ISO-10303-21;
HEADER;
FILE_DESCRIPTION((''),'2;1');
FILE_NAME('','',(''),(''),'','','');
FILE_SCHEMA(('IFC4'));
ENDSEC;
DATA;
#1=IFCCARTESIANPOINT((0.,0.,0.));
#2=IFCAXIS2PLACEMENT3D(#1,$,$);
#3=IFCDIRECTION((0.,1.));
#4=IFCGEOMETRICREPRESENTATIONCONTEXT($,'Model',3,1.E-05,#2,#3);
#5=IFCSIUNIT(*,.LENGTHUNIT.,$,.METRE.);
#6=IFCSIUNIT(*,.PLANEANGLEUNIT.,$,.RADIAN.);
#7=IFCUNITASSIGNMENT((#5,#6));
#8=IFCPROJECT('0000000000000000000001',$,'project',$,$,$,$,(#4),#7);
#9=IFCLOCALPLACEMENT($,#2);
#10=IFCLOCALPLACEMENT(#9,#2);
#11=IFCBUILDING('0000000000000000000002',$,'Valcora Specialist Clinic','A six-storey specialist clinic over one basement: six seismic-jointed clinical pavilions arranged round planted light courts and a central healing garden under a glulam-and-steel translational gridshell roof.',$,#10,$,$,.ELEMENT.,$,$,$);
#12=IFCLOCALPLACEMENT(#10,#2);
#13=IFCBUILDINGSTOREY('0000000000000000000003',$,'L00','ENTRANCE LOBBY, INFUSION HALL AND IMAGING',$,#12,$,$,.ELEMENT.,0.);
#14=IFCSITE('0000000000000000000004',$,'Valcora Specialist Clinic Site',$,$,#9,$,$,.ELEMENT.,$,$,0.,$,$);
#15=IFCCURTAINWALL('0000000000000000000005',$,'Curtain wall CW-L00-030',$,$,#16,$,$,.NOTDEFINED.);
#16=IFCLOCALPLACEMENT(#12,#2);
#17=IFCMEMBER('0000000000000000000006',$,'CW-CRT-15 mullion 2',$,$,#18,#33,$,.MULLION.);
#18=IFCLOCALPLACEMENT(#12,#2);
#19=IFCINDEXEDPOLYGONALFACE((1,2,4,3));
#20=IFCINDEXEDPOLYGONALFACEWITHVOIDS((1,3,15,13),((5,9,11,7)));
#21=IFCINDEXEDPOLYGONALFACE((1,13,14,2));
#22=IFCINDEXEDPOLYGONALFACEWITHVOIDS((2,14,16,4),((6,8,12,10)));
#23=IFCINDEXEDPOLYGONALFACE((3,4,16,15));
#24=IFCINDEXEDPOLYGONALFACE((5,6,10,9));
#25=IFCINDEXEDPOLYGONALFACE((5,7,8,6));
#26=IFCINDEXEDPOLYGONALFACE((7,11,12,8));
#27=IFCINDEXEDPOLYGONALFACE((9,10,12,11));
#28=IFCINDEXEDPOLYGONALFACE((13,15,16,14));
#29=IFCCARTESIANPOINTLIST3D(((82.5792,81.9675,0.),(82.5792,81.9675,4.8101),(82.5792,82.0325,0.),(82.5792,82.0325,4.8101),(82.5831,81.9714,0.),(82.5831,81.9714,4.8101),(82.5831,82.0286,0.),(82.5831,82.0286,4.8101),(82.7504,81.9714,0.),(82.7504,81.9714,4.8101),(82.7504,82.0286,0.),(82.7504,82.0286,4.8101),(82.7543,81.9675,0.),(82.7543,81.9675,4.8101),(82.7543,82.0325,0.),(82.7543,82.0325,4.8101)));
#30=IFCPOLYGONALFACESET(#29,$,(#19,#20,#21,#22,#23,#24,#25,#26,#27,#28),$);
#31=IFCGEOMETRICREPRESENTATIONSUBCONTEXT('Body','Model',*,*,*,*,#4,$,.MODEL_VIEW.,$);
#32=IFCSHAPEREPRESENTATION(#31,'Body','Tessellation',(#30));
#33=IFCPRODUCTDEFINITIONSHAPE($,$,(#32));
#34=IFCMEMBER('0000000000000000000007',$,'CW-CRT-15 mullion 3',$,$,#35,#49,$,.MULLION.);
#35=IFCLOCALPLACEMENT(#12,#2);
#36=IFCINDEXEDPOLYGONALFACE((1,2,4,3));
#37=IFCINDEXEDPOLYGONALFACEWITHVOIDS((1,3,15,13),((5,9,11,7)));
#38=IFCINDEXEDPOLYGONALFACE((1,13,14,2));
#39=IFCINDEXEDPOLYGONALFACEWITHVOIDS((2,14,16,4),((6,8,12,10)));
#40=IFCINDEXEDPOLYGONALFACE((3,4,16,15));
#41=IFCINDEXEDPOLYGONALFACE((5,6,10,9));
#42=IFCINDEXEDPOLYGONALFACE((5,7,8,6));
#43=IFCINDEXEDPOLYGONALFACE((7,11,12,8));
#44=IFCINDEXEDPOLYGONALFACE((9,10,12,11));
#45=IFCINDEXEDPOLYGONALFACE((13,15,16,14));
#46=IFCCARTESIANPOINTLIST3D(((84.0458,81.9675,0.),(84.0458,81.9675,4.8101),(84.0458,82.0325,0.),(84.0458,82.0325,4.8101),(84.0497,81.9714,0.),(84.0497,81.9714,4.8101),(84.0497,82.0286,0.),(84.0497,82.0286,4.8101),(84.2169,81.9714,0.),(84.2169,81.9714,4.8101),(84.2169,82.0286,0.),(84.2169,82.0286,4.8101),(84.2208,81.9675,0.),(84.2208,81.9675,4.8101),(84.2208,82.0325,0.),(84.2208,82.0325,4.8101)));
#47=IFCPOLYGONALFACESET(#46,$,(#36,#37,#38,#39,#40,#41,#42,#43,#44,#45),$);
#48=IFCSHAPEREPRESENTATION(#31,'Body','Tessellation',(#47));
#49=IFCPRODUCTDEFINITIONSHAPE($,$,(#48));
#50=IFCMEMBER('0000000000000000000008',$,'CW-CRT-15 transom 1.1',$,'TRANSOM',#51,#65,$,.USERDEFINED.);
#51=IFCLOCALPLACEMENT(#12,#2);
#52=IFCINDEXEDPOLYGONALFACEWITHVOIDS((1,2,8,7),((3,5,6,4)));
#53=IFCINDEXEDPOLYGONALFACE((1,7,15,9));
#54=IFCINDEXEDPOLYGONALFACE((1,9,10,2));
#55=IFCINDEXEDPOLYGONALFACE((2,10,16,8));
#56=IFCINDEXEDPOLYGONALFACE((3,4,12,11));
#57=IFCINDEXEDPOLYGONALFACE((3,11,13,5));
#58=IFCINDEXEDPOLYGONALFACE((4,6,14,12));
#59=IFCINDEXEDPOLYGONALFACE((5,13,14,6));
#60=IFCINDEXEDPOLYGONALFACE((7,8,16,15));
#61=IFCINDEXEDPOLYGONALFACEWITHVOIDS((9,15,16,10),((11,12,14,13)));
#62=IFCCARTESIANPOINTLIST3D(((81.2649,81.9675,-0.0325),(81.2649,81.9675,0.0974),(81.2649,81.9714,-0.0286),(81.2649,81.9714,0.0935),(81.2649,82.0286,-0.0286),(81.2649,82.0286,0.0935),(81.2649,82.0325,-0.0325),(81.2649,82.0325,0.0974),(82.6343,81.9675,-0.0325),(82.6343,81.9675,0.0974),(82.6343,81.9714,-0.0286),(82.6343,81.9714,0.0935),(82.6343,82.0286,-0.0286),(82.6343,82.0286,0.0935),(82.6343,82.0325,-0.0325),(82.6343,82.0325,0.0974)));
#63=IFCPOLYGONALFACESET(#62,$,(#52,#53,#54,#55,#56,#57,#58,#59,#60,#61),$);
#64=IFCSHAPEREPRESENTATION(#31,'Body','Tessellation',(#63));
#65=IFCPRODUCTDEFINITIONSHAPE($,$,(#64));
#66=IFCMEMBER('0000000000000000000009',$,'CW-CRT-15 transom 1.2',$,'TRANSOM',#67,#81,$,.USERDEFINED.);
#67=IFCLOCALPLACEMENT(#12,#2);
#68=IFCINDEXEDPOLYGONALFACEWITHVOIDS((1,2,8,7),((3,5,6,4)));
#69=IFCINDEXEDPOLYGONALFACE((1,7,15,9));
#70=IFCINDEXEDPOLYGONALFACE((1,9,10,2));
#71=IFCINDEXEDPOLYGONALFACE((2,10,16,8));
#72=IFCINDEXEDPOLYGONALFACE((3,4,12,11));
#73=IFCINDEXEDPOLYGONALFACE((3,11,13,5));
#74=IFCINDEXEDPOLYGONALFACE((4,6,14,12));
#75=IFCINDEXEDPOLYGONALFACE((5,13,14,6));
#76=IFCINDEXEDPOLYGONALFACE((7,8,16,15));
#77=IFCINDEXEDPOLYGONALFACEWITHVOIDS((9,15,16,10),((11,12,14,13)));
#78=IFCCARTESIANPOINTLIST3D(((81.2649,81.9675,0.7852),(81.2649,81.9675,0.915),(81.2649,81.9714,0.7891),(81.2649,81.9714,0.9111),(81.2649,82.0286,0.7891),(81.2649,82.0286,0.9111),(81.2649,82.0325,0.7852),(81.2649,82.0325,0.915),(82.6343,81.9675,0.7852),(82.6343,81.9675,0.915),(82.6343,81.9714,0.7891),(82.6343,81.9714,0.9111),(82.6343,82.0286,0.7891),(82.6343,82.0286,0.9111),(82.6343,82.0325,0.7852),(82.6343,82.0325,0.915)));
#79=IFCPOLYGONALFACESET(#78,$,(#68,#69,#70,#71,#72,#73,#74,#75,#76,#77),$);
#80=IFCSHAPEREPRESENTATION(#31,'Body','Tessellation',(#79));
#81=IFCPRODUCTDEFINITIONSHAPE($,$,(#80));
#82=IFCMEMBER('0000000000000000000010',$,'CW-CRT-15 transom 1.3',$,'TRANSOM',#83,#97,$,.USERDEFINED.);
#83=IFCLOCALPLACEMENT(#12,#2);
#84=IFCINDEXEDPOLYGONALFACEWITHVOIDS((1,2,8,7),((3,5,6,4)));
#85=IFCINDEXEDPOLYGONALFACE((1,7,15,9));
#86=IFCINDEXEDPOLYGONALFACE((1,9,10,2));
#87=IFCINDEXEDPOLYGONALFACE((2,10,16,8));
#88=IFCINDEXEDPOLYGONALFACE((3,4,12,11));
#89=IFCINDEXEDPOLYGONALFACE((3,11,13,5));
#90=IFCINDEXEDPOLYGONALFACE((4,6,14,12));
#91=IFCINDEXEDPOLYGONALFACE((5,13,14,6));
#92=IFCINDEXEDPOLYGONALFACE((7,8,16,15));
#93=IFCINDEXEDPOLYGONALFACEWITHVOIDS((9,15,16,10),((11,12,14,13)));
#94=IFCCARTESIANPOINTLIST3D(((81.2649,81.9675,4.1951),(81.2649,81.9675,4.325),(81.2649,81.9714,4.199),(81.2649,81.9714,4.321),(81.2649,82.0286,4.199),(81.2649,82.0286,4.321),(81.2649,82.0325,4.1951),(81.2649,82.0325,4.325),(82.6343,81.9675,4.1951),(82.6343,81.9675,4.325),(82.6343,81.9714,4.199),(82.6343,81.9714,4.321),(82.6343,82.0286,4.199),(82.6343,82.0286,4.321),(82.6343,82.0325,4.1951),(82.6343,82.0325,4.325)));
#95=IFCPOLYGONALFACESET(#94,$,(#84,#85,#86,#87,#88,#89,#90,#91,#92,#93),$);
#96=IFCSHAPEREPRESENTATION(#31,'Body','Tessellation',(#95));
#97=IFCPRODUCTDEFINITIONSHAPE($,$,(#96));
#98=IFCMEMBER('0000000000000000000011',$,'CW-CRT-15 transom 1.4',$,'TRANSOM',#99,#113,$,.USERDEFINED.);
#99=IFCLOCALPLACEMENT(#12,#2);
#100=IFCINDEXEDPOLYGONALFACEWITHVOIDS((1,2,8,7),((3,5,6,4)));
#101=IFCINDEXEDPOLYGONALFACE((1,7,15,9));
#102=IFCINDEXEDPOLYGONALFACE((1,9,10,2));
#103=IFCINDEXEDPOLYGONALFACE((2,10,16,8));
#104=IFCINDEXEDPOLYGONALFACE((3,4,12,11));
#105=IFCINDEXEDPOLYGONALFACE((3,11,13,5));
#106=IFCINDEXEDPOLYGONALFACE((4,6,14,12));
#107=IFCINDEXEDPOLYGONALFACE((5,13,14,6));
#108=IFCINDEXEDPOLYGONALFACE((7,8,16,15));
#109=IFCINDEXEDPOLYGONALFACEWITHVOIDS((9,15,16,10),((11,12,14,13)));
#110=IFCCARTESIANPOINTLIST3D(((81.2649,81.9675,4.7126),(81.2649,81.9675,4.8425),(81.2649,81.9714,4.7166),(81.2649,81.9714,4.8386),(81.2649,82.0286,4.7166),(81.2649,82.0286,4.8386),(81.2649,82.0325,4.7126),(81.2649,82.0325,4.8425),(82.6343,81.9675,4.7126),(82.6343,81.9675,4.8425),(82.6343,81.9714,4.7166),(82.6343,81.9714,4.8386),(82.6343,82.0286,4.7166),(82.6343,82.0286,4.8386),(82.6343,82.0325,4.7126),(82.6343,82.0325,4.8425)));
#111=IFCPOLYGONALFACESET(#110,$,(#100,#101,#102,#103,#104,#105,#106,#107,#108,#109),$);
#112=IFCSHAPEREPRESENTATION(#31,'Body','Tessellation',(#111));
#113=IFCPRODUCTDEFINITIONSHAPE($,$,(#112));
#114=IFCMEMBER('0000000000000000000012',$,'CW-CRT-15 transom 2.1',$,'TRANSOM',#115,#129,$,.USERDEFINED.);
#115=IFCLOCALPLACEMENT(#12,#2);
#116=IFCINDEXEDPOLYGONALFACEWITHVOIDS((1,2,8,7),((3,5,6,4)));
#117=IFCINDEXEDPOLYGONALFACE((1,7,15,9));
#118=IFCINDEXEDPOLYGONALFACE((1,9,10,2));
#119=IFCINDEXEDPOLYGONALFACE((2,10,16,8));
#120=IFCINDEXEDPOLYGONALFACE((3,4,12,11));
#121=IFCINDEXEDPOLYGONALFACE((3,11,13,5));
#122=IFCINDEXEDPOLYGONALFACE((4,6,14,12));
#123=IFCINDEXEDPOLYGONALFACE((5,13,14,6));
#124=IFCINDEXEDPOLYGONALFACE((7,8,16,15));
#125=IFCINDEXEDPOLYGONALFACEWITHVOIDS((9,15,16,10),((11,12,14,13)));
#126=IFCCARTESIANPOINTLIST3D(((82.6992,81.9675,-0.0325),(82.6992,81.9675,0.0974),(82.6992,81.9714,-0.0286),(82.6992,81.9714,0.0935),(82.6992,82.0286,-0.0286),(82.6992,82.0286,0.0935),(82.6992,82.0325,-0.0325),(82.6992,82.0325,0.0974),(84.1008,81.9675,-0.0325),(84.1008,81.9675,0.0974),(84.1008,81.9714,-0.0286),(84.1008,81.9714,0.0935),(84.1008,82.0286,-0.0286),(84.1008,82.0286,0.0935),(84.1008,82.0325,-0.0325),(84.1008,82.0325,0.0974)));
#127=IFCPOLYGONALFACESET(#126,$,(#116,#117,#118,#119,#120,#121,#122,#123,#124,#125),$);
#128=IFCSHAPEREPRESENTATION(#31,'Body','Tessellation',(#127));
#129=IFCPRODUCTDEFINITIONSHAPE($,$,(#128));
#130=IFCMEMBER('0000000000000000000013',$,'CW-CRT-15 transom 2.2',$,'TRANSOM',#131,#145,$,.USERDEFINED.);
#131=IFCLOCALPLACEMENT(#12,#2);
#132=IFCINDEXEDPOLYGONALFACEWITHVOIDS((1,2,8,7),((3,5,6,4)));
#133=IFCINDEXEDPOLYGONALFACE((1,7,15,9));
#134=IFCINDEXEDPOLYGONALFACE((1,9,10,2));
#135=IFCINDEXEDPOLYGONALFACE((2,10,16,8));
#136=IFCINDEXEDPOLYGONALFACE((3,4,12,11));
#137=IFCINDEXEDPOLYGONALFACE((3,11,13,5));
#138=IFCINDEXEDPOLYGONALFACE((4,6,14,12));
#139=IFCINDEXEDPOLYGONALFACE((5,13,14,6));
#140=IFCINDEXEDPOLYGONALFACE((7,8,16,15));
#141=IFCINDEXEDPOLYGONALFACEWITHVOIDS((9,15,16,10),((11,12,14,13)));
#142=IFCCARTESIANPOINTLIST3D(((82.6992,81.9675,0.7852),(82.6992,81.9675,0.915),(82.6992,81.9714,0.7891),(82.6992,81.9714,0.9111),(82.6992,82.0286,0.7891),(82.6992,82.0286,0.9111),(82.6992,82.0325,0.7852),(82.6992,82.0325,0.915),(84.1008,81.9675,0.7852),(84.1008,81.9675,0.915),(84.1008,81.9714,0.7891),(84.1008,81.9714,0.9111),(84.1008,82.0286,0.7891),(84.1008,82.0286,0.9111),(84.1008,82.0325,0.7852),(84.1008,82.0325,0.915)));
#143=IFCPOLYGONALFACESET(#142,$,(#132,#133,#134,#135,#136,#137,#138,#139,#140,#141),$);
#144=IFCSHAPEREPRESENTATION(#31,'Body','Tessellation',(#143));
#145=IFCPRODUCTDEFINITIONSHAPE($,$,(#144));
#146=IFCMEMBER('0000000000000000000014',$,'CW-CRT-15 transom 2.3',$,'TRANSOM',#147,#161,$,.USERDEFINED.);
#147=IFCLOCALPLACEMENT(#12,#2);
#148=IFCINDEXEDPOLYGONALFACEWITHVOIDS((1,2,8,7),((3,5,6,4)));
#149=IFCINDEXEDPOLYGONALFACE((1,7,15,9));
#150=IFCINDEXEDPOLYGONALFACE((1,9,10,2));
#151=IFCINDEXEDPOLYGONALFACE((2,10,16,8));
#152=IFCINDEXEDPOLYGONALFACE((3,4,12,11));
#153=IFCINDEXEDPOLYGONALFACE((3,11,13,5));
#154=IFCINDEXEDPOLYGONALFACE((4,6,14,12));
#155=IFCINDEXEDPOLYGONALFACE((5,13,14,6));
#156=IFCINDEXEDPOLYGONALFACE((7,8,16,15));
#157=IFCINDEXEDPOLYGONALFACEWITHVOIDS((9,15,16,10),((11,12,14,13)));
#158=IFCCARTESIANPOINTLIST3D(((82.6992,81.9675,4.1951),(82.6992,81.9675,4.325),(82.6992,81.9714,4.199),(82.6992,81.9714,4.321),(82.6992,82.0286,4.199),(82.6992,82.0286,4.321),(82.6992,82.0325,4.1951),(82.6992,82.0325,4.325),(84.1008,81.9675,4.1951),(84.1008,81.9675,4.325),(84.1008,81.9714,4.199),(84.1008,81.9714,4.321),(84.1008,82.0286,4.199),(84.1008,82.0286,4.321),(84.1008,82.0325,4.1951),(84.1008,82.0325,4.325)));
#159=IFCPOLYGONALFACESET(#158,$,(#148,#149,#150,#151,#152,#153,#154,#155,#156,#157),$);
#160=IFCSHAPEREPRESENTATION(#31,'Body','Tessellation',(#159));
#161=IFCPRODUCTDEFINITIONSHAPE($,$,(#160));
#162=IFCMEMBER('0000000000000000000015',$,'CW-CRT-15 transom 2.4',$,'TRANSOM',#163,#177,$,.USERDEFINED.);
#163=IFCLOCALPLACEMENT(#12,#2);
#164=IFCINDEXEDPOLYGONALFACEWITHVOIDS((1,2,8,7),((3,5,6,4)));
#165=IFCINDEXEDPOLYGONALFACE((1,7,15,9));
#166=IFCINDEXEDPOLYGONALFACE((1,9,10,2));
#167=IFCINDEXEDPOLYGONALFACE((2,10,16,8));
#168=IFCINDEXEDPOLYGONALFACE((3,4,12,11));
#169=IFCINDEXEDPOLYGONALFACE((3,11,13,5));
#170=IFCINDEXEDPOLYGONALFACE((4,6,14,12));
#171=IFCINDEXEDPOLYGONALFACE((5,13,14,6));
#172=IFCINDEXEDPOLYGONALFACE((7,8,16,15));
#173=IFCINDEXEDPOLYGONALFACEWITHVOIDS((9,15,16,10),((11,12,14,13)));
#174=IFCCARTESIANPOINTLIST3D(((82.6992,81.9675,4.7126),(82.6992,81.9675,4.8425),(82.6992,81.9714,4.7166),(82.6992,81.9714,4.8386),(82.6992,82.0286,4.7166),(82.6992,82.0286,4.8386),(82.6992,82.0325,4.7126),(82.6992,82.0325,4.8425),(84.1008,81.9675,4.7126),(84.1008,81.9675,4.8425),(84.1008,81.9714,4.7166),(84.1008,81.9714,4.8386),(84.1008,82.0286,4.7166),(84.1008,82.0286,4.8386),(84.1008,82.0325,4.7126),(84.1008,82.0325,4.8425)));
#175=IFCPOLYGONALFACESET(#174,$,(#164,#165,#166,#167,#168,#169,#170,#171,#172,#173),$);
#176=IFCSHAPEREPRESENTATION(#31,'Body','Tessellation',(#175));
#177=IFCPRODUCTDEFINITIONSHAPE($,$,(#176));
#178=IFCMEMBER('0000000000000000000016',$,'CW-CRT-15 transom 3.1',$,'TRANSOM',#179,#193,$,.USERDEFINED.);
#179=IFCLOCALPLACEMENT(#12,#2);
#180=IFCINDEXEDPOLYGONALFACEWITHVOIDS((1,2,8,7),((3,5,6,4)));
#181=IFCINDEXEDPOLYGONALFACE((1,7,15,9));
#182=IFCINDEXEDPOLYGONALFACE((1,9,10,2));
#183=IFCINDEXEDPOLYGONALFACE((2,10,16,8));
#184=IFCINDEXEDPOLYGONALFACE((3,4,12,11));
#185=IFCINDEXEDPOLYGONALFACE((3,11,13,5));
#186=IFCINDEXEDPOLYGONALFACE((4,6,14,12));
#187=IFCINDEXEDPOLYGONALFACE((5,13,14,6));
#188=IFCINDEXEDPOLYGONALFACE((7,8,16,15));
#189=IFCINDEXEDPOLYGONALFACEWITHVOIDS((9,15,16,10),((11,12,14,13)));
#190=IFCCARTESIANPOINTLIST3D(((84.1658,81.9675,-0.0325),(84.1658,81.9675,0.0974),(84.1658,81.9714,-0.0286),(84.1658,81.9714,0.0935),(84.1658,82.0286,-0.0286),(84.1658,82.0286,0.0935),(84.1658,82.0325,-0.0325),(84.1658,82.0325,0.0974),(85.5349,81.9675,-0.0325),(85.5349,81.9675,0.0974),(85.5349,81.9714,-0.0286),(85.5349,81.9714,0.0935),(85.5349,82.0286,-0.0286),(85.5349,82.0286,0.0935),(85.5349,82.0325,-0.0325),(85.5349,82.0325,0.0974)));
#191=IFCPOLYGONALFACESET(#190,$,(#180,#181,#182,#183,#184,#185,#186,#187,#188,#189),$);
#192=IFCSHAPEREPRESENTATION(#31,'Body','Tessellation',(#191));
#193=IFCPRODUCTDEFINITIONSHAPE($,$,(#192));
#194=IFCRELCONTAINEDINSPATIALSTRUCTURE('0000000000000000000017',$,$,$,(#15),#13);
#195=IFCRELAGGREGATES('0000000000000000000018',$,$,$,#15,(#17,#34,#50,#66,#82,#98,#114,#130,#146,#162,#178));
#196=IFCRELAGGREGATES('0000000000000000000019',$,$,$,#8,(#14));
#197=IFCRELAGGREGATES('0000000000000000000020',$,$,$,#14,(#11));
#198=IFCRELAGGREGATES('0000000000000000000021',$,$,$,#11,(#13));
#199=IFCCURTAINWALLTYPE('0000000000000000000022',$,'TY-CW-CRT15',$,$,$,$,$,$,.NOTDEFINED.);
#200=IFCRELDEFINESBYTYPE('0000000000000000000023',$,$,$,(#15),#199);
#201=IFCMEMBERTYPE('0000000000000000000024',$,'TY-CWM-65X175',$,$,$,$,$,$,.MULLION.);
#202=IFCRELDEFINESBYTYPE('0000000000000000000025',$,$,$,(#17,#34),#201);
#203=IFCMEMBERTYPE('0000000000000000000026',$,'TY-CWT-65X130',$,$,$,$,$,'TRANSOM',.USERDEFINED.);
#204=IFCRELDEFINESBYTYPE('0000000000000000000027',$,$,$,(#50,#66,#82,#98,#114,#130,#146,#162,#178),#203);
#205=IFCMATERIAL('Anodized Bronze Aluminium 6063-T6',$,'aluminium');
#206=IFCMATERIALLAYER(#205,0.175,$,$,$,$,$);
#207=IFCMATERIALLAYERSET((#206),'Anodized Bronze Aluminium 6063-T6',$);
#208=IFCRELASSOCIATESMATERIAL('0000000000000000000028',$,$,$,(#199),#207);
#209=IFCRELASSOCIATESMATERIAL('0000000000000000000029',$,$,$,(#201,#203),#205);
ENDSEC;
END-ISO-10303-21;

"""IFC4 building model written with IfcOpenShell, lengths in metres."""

from ifc_helpers import new_model, si_unit, direction, frame, origin, origin_2d, place, context, subcontext, project, spatial, hollow_rectangle, extrude, material, layer, layer_set, material_profile, profile_set, type_object, element, aggregate, save


model = new_model("IFC4")

# Units and contexts
model_context = context("Model", 3, precision=1e-05, world=origin(), true_north=direction((0.0, 1.0)))
body_context = subcontext(model_context, "Body", "Model", "MODEL_VIEW")
ifc_project = project(units=[si_unit("LENGTHUNIT", "METRE"), si_unit("PLANEANGLEUNIT", "RADIAN")], contexts=[model_context])

# Site, building, storey
site_placement = place(None, origin())
site = spatial("IfcSite", under=ifc_project, at=site_placement, Name="Valcora Specialist Clinic Site", CompositionType="ELEMENT", RefElevation=0.0)
building_placement = place(site_placement, origin())
building = spatial("IfcBuilding", under=site, at=building_placement, Name="Valcora Specialist Clinic", Description="A six-storey specialist clinic over one basement: six seismic-jointed clinical pavilions arranged round planted light courts and a central healing garden under a glulam-and-steel translational gridshell roof.", CompositionType="ELEMENT")
storey_placement = place(building_placement, origin())
storey = spatial("IfcBuildingStorey", under=building, at=storey_placement, Name="L00", Description="ENTRANCE LOBBY, INFUSION HALL AND IMAGING", CompositionType="ELEMENT", Elevation=0.0)

# Curtain wall, members
ifc_material_1 = material(Name="Anodized Bronze Aluminium 6063-T6", Category="aluminium")
ifc_layer_1 = layer(ifc_material_1, 0.175)
ifc_layer_set_1 = layer_set([ifc_layer_1], Name="Anodized Bronze Aluminium 6063-T6")
curtain_wall_type = type_object("IfcCurtainWallType", Name="TY-CW-CRT15", PredefinedType="NOTDEFINED", material=ifc_layer_set_1)
curtain_wall_placement = place(storey_placement, origin())
curtain_wall = element("IfcCurtainWall", 1, at=curtain_wall_placement, inside=storey, type_object=curtain_wall_type, Name="Curtain wall CW-L00-030", PredefinedType="NOTDEFINED")
ifc_material_profile_1 = material_profile(ifc_material_1, hollow_rectangle(XDim=0.0649, YDim=0.175, WallThickness=0.0039, at=origin_2d()), Name="AL-MUL-65X175")
ifc_profile_set_1 = profile_set([ifc_material_profile_1], Name="Anodized Bronze Aluminium 6063-T6")
member_type_1 = type_object("IfcMemberType", Name="TY-CWM-65X175", PredefinedType="MULLION", material=ifc_profile_set_1)
member_1_placement = place(storey_placement, frame((82.6667, 82.0, 0.0), z_axis=(0.0, 0.0, 1.0), x_axis=(0.0, 1.0, 0.0)))
member_1 = element("IfcMember", 2, at=member_1_placement, type_object=member_type_1, Name="CW-CRT-15 mullion 2", PredefinedType="MULLION", context=body_context, shape_type="SweptSolid", body=[
    extrude(hollow_rectangle(XDim=0.0649, YDim=0.175, WallThickness=0.0039, at=origin_2d()), origin(), (0.0, 0.0, 1.0), 4.8101),
])
member_2_placement = place(storey_placement, frame((84.1333, 82.0, 0.0), z_axis=(0.0, 0.0, 1.0), x_axis=(0.0, 1.0, 0.0)))
member_2 = element("IfcMember", 3, at=member_2_placement, type_object=member_type_1, Name="CW-CRT-15 mullion 3", PredefinedType="MULLION", context=body_context, shape_type="SweptSolid", body=[
    extrude(hollow_rectangle(XDim=0.0649, YDim=0.175, WallThickness=0.0039, at=origin_2d()), origin(), (0.0, 0.0, 1.0), 4.8101),
])
ifc_material_profile_2 = material_profile(ifc_material_1, hollow_rectangle(XDim=0.0649, YDim=0.1299, WallThickness=0.0039, at=origin_2d()), Name="AL-TRN-65X130")
ifc_profile_set_2 = profile_set([ifc_material_profile_2], Name="Anodized Bronze Aluminium 6063-T6")
member_type_2 = type_object("IfcMemberType", Name="TY-CWT-65X130", ElementType="TRANSOM", PredefinedType="USERDEFINED", material=ifc_profile_set_2)
member_3_placement = place(storey_placement, frame((81.2649, 82.0, 0.0325), z_axis=(1.0, 0.0, 0.0), x_axis=(0.0, 1.0, 0.0)))
member_3 = element("IfcMember", 4, at=member_3_placement, type_object=member_type_2, Name="CW-CRT-15 transom 1.1", ObjectType="TRANSOM", PredefinedType="USERDEFINED", context=body_context, shape_type="SweptSolid", body=[
    extrude(hollow_rectangle(XDim=0.0649, YDim=0.1299, WallThickness=0.0039, at=origin_2d()), origin(), (0.0, 0.0, 1.0), 1.3694),
])
member_4_placement = place(storey_placement, frame((81.2649, 82.0, 0.8501), z_axis=(1.0, 0.0, 0.0), x_axis=(0.0, 1.0, 0.0)))
member_4 = element("IfcMember", 5, at=member_4_placement, type_object=member_type_2, Name="CW-CRT-15 transom 1.2", ObjectType="TRANSOM", PredefinedType="USERDEFINED", context=body_context, shape_type="SweptSolid", body=[
    extrude(hollow_rectangle(XDim=0.0649, YDim=0.1299, WallThickness=0.0039, at=origin_2d()), origin(), (0.0, 0.0, 1.0), 1.3694),
])
member_5_placement = place(storey_placement, frame((81.2649, 82.0, 4.26), z_axis=(1.0, 0.0, 0.0), x_axis=(0.0, 1.0, 0.0)))
member_5 = element("IfcMember", 6, at=member_5_placement, type_object=member_type_2, Name="CW-CRT-15 transom 1.3", ObjectType="TRANSOM", PredefinedType="USERDEFINED", context=body_context, shape_type="SweptSolid", body=[
    extrude(hollow_rectangle(XDim=0.0649, YDim=0.1299, WallThickness=0.0039, at=origin_2d()), origin(), (0.0, 0.0, 1.0), 1.3694),
])
member_6_placement = place(storey_placement, frame((81.2649, 82.0, 4.7776), z_axis=(1.0, 0.0, 0.0), x_axis=(0.0, 1.0, 0.0)))
member_6 = element("IfcMember", 7, at=member_6_placement, type_object=member_type_2, Name="CW-CRT-15 transom 1.4", ObjectType="TRANSOM", PredefinedType="USERDEFINED", context=body_context, shape_type="SweptSolid", body=[
    extrude(hollow_rectangle(XDim=0.0649, YDim=0.1299, WallThickness=0.0039, at=origin_2d()), origin(), (0.0, 0.0, 1.0), 1.3694),
])
member_7_placement = place(storey_placement, frame((82.6992, 82.0, 0.0325), z_axis=(1.0, 0.0, 0.0), x_axis=(0.0, 1.0, 0.0)))
member_7 = element("IfcMember", 8, at=member_7_placement, type_object=member_type_2, Name="CW-CRT-15 transom 2.1", ObjectType="TRANSOM", PredefinedType="USERDEFINED", context=body_context, shape_type="SweptSolid", body=[
    extrude(hollow_rectangle(XDim=0.0649, YDim=0.1299, WallThickness=0.0039, at=origin_2d()), origin(), (0.0, 0.0, 1.0), 1.4016),
])
member_8_placement = place(storey_placement, frame((82.6992, 82.0, 0.8501), z_axis=(1.0, 0.0, 0.0), x_axis=(0.0, 1.0, 0.0)))
member_8 = element("IfcMember", 9, at=member_8_placement, type_object=member_type_2, Name="CW-CRT-15 transom 2.2", ObjectType="TRANSOM", PredefinedType="USERDEFINED", context=body_context, shape_type="SweptSolid", body=[
    extrude(hollow_rectangle(XDim=0.0649, YDim=0.1299, WallThickness=0.0039, at=origin_2d()), origin(), (0.0, 0.0, 1.0), 1.4016),
])
member_9_placement = place(storey_placement, frame((82.6992, 82.0, 4.26), z_axis=(1.0, 0.0, 0.0), x_axis=(0.0, 1.0, 0.0)))
member_9 = element("IfcMember", 10, at=member_9_placement, type_object=member_type_2, Name="CW-CRT-15 transom 2.3", ObjectType="TRANSOM", PredefinedType="USERDEFINED", context=body_context, shape_type="SweptSolid", body=[
    extrude(hollow_rectangle(XDim=0.0649, YDim=0.1299, WallThickness=0.0039, at=origin_2d()), origin(), (0.0, 0.0, 1.0), 1.4016),
])
member_10_placement = place(storey_placement, frame((82.6992, 82.0, 4.7776), z_axis=(1.0, 0.0, 0.0), x_axis=(0.0, 1.0, 0.0)))
member_10 = element("IfcMember", 11, at=member_10_placement, type_object=member_type_2, Name="CW-CRT-15 transom 2.4", ObjectType="TRANSOM", PredefinedType="USERDEFINED", context=body_context, shape_type="SweptSolid", body=[
    extrude(hollow_rectangle(XDim=0.0649, YDim=0.1299, WallThickness=0.0039, at=origin_2d()), origin(), (0.0, 0.0, 1.0), 1.4016),
])
member_11_placement = place(storey_placement, frame((84.1658, 82.0, 0.0325), z_axis=(1.0, 0.0, 0.0), x_axis=(0.0, 1.0, 0.0)))
member_11 = element("IfcMember", 12, at=member_11_placement, type_object=member_type_2, Name="CW-CRT-15 transom 3.1", ObjectType="TRANSOM", PredefinedType="USERDEFINED", context=body_context, shape_type="SweptSolid", body=[
    extrude(hollow_rectangle(XDim=0.0649, YDim=0.1299, WallThickness=0.0039, at=origin_2d()), origin(), (0.0, 0.0, 1.0), 1.3691),
])
aggregate(curtain_wall, [member_1, member_2, member_3, member_4, member_5, member_6, member_7, member_8, member_9, member_10, member_11])

save(model, "model.ifc")
